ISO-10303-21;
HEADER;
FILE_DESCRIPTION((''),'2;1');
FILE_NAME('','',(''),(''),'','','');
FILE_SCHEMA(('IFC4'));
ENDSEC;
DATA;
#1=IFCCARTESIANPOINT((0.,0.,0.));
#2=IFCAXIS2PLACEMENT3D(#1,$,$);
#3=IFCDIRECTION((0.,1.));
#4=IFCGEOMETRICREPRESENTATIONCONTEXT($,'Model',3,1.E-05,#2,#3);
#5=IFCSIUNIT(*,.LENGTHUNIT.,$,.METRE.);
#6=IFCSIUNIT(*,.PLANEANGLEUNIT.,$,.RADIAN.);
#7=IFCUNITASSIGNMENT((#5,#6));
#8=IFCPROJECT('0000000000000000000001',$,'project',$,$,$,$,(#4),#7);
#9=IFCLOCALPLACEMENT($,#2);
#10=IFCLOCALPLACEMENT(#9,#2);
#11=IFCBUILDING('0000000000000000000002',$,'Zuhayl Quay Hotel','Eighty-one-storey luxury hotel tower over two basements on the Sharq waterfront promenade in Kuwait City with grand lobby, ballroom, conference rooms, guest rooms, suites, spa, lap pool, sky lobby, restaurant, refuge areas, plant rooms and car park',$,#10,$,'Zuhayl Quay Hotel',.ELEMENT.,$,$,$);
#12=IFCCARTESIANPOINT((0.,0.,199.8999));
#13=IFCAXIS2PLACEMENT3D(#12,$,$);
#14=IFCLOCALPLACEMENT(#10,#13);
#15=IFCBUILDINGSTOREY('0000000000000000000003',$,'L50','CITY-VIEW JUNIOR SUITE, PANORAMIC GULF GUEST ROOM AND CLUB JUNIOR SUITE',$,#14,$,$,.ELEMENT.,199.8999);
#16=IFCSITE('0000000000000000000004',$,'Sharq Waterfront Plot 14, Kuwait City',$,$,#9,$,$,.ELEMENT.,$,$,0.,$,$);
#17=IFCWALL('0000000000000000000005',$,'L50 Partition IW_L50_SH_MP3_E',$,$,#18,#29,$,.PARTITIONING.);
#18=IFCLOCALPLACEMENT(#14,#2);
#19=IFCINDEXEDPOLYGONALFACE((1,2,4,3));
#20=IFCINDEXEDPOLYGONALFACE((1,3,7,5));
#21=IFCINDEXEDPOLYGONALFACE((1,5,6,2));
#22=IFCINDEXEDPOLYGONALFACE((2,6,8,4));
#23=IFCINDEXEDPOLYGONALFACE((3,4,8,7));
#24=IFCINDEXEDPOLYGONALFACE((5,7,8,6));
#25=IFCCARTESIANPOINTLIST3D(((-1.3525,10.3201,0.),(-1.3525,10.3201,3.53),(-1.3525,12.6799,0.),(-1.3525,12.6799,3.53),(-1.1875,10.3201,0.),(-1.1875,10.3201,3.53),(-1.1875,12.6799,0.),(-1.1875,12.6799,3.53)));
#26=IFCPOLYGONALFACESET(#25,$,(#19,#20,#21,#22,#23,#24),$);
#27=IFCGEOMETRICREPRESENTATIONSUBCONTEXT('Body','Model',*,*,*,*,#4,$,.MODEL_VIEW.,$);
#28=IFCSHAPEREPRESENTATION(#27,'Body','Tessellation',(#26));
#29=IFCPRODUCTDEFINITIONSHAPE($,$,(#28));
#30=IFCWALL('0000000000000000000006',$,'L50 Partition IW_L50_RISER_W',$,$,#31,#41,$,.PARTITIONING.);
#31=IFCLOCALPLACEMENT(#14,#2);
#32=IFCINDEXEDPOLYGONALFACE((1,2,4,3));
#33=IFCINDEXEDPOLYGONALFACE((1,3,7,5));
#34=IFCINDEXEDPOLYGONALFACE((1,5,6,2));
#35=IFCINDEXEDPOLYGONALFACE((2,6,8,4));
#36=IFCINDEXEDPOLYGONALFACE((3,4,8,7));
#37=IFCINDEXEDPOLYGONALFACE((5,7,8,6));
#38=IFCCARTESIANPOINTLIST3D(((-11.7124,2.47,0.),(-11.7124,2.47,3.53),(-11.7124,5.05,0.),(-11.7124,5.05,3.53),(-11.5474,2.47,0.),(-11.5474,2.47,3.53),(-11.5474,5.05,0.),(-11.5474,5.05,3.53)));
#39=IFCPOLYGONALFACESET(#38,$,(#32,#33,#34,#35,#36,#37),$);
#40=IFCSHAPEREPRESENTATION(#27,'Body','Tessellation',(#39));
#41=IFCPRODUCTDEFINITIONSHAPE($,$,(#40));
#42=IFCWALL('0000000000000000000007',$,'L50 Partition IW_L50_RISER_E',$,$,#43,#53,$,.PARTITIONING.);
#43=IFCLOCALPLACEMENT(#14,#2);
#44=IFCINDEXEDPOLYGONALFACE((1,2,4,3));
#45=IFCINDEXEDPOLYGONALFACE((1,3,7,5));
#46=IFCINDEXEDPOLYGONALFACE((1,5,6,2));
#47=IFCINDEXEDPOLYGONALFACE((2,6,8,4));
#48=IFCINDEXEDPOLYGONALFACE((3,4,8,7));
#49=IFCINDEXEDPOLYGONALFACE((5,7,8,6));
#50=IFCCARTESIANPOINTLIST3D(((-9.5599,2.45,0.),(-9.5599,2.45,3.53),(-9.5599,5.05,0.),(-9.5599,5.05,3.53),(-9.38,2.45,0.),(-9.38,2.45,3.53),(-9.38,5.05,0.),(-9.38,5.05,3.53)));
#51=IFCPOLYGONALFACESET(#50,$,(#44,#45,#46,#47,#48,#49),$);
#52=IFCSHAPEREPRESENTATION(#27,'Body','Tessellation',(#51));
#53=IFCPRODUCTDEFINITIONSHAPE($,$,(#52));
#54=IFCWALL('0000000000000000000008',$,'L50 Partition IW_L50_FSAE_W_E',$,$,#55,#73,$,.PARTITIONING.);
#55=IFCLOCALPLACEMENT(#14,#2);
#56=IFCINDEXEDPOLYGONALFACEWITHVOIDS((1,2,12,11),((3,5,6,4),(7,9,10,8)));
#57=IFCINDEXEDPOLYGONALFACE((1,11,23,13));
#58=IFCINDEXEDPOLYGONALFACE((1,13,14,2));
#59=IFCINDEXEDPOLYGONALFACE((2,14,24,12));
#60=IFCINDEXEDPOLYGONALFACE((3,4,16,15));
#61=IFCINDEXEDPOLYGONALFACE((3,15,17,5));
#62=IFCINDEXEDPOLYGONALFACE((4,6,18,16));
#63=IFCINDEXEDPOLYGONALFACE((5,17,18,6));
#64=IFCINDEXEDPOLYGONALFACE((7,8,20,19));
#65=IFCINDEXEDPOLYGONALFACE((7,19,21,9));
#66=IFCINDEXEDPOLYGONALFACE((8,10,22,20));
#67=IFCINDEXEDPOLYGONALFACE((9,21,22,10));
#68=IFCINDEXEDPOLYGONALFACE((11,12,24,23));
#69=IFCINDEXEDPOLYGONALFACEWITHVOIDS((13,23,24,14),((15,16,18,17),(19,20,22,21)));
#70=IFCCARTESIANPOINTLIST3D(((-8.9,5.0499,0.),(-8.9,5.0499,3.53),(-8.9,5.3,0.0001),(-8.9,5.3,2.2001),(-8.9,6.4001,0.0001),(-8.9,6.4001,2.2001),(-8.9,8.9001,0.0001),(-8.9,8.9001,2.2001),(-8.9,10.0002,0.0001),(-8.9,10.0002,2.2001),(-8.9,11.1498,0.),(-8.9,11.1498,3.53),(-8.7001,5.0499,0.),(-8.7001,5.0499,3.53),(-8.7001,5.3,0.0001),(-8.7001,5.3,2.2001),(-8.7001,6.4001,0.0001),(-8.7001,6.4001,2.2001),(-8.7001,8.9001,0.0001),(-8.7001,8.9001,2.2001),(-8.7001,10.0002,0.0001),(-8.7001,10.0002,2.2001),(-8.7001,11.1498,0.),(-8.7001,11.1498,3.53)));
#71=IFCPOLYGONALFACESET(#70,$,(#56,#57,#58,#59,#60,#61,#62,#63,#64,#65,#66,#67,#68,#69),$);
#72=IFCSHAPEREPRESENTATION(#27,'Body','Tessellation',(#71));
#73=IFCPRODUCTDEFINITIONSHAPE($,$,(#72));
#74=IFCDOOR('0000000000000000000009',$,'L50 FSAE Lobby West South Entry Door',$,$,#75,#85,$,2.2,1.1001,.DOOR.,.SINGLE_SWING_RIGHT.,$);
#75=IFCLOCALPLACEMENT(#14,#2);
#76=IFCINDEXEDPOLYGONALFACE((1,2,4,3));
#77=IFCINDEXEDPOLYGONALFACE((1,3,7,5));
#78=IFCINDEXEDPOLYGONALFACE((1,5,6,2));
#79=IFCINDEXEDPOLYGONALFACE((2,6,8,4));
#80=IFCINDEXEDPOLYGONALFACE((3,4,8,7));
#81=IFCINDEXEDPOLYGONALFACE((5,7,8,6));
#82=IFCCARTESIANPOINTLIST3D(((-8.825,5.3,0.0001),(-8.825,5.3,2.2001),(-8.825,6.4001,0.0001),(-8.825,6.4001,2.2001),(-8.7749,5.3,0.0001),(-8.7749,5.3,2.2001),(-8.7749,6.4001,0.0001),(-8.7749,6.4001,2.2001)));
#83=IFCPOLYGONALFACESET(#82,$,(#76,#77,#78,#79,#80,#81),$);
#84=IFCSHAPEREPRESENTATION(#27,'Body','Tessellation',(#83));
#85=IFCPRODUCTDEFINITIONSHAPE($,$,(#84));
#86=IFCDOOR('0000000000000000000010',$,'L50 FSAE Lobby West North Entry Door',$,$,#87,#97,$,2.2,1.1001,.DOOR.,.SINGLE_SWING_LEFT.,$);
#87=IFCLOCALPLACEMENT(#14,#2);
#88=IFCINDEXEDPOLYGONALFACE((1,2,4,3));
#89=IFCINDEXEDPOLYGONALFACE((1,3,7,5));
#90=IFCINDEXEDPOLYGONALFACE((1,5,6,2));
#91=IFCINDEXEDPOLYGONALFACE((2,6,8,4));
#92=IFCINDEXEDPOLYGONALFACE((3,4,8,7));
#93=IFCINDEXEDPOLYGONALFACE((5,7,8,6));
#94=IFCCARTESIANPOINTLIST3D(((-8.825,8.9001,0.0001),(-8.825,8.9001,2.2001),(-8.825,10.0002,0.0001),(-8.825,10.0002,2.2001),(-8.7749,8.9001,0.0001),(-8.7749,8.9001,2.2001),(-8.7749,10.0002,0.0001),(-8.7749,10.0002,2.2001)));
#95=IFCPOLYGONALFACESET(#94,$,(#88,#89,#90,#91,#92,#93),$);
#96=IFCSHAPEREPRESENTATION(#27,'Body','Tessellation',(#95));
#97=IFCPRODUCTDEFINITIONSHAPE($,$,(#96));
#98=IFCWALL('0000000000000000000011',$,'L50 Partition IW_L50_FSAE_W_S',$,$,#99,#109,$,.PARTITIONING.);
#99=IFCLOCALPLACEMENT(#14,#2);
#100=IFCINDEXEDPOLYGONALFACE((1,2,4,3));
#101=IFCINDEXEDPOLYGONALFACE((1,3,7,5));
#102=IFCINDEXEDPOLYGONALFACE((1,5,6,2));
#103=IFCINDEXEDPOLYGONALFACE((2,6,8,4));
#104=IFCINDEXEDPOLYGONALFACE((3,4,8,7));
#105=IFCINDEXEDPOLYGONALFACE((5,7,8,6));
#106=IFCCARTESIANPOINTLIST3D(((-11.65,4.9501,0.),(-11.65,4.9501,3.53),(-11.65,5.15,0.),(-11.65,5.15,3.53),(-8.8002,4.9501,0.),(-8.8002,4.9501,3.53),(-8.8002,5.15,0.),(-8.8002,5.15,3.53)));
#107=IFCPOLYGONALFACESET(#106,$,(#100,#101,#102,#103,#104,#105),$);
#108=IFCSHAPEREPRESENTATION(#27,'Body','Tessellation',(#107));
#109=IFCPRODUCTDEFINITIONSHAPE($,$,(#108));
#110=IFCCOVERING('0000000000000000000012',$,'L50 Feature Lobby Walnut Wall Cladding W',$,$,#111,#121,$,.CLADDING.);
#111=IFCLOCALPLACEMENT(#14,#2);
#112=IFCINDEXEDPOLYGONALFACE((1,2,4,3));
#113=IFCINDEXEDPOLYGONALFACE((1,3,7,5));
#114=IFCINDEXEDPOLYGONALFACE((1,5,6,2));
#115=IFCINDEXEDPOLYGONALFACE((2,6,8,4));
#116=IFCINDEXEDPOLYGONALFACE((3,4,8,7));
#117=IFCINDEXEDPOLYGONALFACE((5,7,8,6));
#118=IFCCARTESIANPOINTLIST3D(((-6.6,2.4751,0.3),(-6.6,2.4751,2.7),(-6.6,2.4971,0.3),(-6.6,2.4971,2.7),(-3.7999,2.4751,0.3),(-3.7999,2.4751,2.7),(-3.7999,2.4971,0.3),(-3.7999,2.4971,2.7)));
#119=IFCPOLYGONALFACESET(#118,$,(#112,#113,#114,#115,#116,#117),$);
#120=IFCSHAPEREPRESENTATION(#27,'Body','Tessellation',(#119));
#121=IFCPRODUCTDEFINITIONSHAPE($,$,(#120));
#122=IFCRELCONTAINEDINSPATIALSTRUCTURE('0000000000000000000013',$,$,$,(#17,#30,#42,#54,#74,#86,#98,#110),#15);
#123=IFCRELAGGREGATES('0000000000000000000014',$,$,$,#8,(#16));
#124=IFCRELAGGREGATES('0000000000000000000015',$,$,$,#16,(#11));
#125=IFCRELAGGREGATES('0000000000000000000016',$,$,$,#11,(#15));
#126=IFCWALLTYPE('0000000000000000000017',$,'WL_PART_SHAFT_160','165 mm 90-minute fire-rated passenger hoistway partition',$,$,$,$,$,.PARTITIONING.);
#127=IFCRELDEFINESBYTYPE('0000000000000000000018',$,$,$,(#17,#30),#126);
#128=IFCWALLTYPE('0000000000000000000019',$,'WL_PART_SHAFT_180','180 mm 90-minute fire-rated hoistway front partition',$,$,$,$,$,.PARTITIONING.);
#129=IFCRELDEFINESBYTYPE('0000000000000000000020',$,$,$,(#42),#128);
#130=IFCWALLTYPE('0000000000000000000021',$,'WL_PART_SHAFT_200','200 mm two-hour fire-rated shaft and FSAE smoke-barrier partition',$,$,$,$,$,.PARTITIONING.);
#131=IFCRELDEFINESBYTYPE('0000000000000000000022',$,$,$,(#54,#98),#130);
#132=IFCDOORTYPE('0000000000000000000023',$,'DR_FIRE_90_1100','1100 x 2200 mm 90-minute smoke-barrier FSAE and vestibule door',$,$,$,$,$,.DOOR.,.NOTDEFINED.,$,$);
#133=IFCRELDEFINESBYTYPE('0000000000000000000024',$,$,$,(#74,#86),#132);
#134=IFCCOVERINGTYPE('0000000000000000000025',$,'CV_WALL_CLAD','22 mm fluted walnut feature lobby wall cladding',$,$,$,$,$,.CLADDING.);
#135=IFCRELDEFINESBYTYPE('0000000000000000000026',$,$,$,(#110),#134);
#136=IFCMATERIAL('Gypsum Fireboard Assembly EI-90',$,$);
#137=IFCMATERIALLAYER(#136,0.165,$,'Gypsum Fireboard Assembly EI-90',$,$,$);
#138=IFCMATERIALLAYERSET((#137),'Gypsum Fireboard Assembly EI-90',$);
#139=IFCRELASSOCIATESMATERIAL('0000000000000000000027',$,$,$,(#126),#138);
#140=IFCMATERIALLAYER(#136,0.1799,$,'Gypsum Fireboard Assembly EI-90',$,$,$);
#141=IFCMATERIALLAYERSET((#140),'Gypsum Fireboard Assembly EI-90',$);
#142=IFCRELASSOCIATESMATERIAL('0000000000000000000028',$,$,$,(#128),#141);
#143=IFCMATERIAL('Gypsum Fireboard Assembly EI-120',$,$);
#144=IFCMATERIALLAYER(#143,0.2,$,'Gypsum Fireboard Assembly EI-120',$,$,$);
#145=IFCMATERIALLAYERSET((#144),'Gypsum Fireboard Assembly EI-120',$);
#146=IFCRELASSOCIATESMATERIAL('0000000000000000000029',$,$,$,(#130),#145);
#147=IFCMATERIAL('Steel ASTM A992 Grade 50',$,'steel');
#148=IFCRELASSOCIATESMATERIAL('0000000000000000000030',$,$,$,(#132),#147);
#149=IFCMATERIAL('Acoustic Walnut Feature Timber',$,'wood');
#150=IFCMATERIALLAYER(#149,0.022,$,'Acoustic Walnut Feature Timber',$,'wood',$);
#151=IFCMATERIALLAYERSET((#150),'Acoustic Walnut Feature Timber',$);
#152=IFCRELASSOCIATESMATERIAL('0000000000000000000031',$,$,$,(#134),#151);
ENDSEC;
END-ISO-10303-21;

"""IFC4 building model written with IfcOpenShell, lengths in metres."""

from ifc_helpers import new_model, si_unit, direction, frame, frame_2d, origin, origin_2d, place, context, subcontext, project, spatial, rectangle, extrude, material, layer, layer_set, type_object, element, fill, save


model = new_model("IFC4")

# Units and contexts
model_context = context("Model", 3, precision=1e-05, world=origin(), true_north=direction((0.0, 1.0)))
body_context = subcontext(model_context, "Body", "Model", "MODEL_VIEW")
ifc_project = project(units=[si_unit("LENGTHUNIT", "METRE"), si_unit("PLANEANGLEUNIT", "RADIAN")], contexts=[model_context])

# Site, building, storey
site_placement = place(None, origin())
site = spatial("IfcSite", under=ifc_project, at=site_placement, Name="Sharq Waterfront Plot 14, Kuwait City", CompositionType="ELEMENT", RefElevation=0.0)
building_placement = place(site_placement, origin())
building = spatial("IfcBuilding", under=site, at=building_placement, Name="Zuhayl Quay Hotel", Description="Eighty-one-storey luxury hotel tower over two basements on the Sharq waterfront promenade in Kuwait City with grand lobby, ballroom, conference rooms, guest rooms, suites, spa, lap pool, sky lobby, restaurant, refuge areas, plant rooms and car park", LongName="Zuhayl Quay Hotel", CompositionType="ELEMENT")
storey_placement = place(building_placement, frame((0.0, 0.0, 199.8999)))
storey = spatial("IfcBuildingStorey", under=building, at=storey_placement, Name="L50", Description="CITY-VIEW JUNIOR SUITE, PANORAMIC GULF GUEST ROOM AND CLUB JUNIOR SUITE", CompositionType="ELEMENT", Elevation=199.8999)

# Shared definitions
ifc_material_1 = material(Name="Steel ASTM A992 Grade 50", Category="steel")

# Shared definitions
ifc_material_2 = material(Name="Gypsum Fireboard Assembly EI-90")
ifc_layer_1 = layer(ifc_material_2, 0.165, Name="Gypsum Fireboard Assembly EI-90")
ifc_layer_set_1 = layer_set([ifc_layer_1], Name="Gypsum Fireboard Assembly EI-90")
wall_type_1 = type_object("IfcWallType", Name="WL_PART_SHAFT_160", Description="165 mm 90-minute fire-rated passenger hoistway partition", PredefinedType="PARTITIONING", material=ifc_layer_set_1)

# Walls
for number, where, z_axis, x_axis, name in (
    (1, (-1.27, 10.3201, 0.0), (0.0, 0.0, 1.0), (0.0, 1.0, 0.0), "L50 Partition IW_L50_SH_MP3_E"),
):
    element("IfcWall", number, at=place(storey_placement, frame(where, z_axis=z_axis, x_axis=x_axis)), inside=storey, type_object=wall_type_1, Name=name, PredefinedType="PARTITIONING", context=body_context, shape_type="SweptSolid", body=[
        extrude(rectangle(XDim=2.3599, YDim=0.165, at=frame_2d((1.1799, 0.0))), origin(), (0.0, 0.0, 1.0), 3.53),
    ])
wall_1_placement = place(storey_placement, frame((-11.6299, 2.47, 0.0), z_axis=(0.0, 0.0, 1.0), x_axis=(0.0, 1.0, 0.0)))
element("IfcWall", 2, at=wall_1_placement, inside=storey, type_object=wall_type_1, Name="L50 Partition IW_L50_RISER_W", PredefinedType="PARTITIONING", context=body_context, shape_type="SweptSolid", body=[
    extrude(rectangle(XDim=2.5801, YDim=0.165, at=frame_2d((1.29, 0.0))), origin(), (0.0, 0.0, 1.0), 3.53),
])
ifc_layer_2 = layer(ifc_material_2, 0.1799, Name="Gypsum Fireboard Assembly EI-90")
ifc_layer_set_2 = layer_set([ifc_layer_2], Name="Gypsum Fireboard Assembly EI-90")
wall_type_2 = type_object("IfcWallType", Name="WL_PART_SHAFT_180", Description="180 mm 90-minute fire-rated hoistway front partition", PredefinedType="PARTITIONING", material=ifc_layer_set_2)
wall_2_placement = place(storey_placement, frame((-9.47, 2.45, 0.0), z_axis=(0.0, 0.0, 1.0), x_axis=(0.0, 1.0, 0.0)))
element("IfcWall", 3, at=wall_2_placement, inside=storey, type_object=wall_type_2, Name="L50 Partition IW_L50_RISER_E", PredefinedType="PARTITIONING", context=body_context, shape_type="SweptSolid", body=[
    extrude(rectangle(XDim=2.6001, YDim=0.1799, at=frame_2d((1.3, 0.0))), origin(), (0.0, 0.0, 1.0), 3.53),
])

# Wall, openings, doors
ifc_material_3 = material(Name="Gypsum Fireboard Assembly EI-120")
ifc_layer_3 = layer(ifc_material_3, 0.2, Name="Gypsum Fireboard Assembly EI-120")
ifc_layer_set_3 = layer_set([ifc_layer_3], Name="Gypsum Fireboard Assembly EI-120")
wall_type_3 = type_object("IfcWallType", Name="WL_PART_SHAFT_200", Description="200 mm two-hour fire-rated shaft and FSAE smoke-barrier partition", PredefinedType="PARTITIONING", material=ifc_layer_set_3)
wall_3_placement = place(storey_placement, frame((-8.8, 5.05, 0.0), z_axis=(0.0, 0.0, 1.0), x_axis=(0.0, 1.0, 0.0)))
wall_3 = element("IfcWall", 4, at=wall_3_placement, inside=storey, type_object=wall_type_3, Name="L50 Partition IW_L50_FSAE_W_E", PredefinedType="PARTITIONING", context=body_context, shape_type="SweptSolid", body=[
    extrude(rectangle(XDim=6.0999, YDim=0.2, at=frame_2d((3.0498, 0.0))), origin(), (0.0, 0.0, 1.0), 3.53),
])
opening_1_placement = place(wall_3_placement, frame((0.25, 0.0, 0.0)))
opening_1 = element("IfcOpeningElement", 5, at=opening_1_placement, cuts=wall_3, PredefinedType="OPENING", context=body_context, shape_type="SweptSolid", body=[
    extrude(rectangle(XDim=1.1001, YDim=2.2, at=frame_2d((0.55, 1.1001))), frame((0.0, 0.1099, 0.0), z_axis=(0.0, -1.0, 0.0), x_axis=(1.0, 0.0, 0.0)), (0.0, 0.0, 1.0), 0.22),
])
opening_2_placement = place(wall_3_placement, frame((3.8501, 0.0, 0.0)))
opening_2 = element("IfcOpeningElement", 6, at=opening_2_placement, cuts=wall_3, PredefinedType="OPENING", context=body_context, shape_type="SweptSolid", body=[
    extrude(rectangle(XDim=1.1001, YDim=2.2, at=frame_2d((0.55, 1.1001))), frame((0.0, 0.1099, 0.0), z_axis=(0.0, -1.0, 0.0), x_axis=(1.0, 0.0, 0.0)), (0.0, 0.0, 1.0), 0.22),
])
door_type_1 = type_object("IfcDoorType", Name="DR_FIRE_90_1100", Description="1100 x 2200 mm 90-minute smoke-barrier FSAE and vestibule door", OperationType="NOTDEFINED", PredefinedType="DOOR", material=ifc_material_1)
door_1_placement = place(opening_1_placement, origin())
door_1 = element("IfcDoor", 7, at=door_1_placement, inside=storey, type_object=door_type_1, Name="L50 FSAE Lobby West South Entry Door", OperationType="SINGLE_SWING_RIGHT", OverallHeight=2.2, OverallWidth=1.1001, PredefinedType="DOOR", context=body_context, shape_type="SweptSolid", body=[
    extrude(rectangle(XDim=1.1001, YDim=2.2, at=frame_2d((0.55, 1.1001))), frame((0.0, 0.0249, 0.0), z_axis=(0.0, -1.0, 0.0), x_axis=(1.0, 0.0, 0.0)), (0.0, 0.0, 1.0), 0.05),
])
fill(opening_1, door_1)
door_2_placement = place(opening_2_placement, origin())
door_2 = element("IfcDoor", 8, at=door_2_placement, inside=storey, type_object=door_type_1, Name="L50 FSAE Lobby West North Entry Door", OperationType="SINGLE_SWING_LEFT", OverallHeight=2.2, OverallWidth=1.1001, PredefinedType="DOOR", context=body_context, shape_type="SweptSolid", body=[
    extrude(rectangle(XDim=1.1001, YDim=2.2, at=frame_2d((0.55, 1.1001))), frame((0.0, 0.0249, 0.0), z_axis=(0.0, -1.0, 0.0), x_axis=(1.0, 0.0, 0.0)), (0.0, 0.0, 1.0), 0.05),
])
fill(opening_2, door_2)

# Wall
wall_4_placement = place(storey_placement, frame((-11.6499, 5.05, 0.0), z_axis=(0.0, 0.0, 1.0), x_axis=(1.0, 0.0, 0.0)))
element("IfcWall", 9, at=wall_4_placement, inside=storey, type_object=wall_type_3, Name="L50 Partition IW_L50_FSAE_W_S", PredefinedType="PARTITIONING", context=body_context, shape_type="SweptSolid", body=[
    extrude(rectangle(XDim=2.8499, YDim=0.2, at=frame_2d((1.4248, 0.0))), origin(), (0.0, 0.0, 1.0), 3.53),
])

# Covering
ifc_material_4 = material(Name="Acoustic Walnut Feature Timber", Category="wood")
ifc_layer_4 = layer(ifc_material_4, 0.022, Name="Acoustic Walnut Feature Timber", Category="wood")
ifc_layer_set_4 = layer_set([ifc_layer_4], Name="Acoustic Walnut Feature Timber")
covering_type = type_object("IfcCoveringType", Name="CV_WALL_CLAD", Description="22 mm fluted walnut feature lobby wall cladding", PredefinedType="CLADDING", material=ifc_layer_set_4)
covering_placement = place(storey_placement, frame((-5.2, 2.4861, 0.3), z_axis=(0.0, 0.0, 1.0), x_axis=(1.0, 0.0, 0.0)))
element("IfcCovering", 10, at=covering_placement, inside=storey, type_object=covering_type, Name="L50 Feature Lobby Walnut Wall Cladding W", PredefinedType="CLADDING", context=body_context, shape_type="SweptSolid", body=[
    extrude(rectangle(XDim=2.8, YDim=0.022, at=origin_2d()), origin(), (0.0, 0.0, 1.0), 2.3999),
])

save(model, "model.ifc")
